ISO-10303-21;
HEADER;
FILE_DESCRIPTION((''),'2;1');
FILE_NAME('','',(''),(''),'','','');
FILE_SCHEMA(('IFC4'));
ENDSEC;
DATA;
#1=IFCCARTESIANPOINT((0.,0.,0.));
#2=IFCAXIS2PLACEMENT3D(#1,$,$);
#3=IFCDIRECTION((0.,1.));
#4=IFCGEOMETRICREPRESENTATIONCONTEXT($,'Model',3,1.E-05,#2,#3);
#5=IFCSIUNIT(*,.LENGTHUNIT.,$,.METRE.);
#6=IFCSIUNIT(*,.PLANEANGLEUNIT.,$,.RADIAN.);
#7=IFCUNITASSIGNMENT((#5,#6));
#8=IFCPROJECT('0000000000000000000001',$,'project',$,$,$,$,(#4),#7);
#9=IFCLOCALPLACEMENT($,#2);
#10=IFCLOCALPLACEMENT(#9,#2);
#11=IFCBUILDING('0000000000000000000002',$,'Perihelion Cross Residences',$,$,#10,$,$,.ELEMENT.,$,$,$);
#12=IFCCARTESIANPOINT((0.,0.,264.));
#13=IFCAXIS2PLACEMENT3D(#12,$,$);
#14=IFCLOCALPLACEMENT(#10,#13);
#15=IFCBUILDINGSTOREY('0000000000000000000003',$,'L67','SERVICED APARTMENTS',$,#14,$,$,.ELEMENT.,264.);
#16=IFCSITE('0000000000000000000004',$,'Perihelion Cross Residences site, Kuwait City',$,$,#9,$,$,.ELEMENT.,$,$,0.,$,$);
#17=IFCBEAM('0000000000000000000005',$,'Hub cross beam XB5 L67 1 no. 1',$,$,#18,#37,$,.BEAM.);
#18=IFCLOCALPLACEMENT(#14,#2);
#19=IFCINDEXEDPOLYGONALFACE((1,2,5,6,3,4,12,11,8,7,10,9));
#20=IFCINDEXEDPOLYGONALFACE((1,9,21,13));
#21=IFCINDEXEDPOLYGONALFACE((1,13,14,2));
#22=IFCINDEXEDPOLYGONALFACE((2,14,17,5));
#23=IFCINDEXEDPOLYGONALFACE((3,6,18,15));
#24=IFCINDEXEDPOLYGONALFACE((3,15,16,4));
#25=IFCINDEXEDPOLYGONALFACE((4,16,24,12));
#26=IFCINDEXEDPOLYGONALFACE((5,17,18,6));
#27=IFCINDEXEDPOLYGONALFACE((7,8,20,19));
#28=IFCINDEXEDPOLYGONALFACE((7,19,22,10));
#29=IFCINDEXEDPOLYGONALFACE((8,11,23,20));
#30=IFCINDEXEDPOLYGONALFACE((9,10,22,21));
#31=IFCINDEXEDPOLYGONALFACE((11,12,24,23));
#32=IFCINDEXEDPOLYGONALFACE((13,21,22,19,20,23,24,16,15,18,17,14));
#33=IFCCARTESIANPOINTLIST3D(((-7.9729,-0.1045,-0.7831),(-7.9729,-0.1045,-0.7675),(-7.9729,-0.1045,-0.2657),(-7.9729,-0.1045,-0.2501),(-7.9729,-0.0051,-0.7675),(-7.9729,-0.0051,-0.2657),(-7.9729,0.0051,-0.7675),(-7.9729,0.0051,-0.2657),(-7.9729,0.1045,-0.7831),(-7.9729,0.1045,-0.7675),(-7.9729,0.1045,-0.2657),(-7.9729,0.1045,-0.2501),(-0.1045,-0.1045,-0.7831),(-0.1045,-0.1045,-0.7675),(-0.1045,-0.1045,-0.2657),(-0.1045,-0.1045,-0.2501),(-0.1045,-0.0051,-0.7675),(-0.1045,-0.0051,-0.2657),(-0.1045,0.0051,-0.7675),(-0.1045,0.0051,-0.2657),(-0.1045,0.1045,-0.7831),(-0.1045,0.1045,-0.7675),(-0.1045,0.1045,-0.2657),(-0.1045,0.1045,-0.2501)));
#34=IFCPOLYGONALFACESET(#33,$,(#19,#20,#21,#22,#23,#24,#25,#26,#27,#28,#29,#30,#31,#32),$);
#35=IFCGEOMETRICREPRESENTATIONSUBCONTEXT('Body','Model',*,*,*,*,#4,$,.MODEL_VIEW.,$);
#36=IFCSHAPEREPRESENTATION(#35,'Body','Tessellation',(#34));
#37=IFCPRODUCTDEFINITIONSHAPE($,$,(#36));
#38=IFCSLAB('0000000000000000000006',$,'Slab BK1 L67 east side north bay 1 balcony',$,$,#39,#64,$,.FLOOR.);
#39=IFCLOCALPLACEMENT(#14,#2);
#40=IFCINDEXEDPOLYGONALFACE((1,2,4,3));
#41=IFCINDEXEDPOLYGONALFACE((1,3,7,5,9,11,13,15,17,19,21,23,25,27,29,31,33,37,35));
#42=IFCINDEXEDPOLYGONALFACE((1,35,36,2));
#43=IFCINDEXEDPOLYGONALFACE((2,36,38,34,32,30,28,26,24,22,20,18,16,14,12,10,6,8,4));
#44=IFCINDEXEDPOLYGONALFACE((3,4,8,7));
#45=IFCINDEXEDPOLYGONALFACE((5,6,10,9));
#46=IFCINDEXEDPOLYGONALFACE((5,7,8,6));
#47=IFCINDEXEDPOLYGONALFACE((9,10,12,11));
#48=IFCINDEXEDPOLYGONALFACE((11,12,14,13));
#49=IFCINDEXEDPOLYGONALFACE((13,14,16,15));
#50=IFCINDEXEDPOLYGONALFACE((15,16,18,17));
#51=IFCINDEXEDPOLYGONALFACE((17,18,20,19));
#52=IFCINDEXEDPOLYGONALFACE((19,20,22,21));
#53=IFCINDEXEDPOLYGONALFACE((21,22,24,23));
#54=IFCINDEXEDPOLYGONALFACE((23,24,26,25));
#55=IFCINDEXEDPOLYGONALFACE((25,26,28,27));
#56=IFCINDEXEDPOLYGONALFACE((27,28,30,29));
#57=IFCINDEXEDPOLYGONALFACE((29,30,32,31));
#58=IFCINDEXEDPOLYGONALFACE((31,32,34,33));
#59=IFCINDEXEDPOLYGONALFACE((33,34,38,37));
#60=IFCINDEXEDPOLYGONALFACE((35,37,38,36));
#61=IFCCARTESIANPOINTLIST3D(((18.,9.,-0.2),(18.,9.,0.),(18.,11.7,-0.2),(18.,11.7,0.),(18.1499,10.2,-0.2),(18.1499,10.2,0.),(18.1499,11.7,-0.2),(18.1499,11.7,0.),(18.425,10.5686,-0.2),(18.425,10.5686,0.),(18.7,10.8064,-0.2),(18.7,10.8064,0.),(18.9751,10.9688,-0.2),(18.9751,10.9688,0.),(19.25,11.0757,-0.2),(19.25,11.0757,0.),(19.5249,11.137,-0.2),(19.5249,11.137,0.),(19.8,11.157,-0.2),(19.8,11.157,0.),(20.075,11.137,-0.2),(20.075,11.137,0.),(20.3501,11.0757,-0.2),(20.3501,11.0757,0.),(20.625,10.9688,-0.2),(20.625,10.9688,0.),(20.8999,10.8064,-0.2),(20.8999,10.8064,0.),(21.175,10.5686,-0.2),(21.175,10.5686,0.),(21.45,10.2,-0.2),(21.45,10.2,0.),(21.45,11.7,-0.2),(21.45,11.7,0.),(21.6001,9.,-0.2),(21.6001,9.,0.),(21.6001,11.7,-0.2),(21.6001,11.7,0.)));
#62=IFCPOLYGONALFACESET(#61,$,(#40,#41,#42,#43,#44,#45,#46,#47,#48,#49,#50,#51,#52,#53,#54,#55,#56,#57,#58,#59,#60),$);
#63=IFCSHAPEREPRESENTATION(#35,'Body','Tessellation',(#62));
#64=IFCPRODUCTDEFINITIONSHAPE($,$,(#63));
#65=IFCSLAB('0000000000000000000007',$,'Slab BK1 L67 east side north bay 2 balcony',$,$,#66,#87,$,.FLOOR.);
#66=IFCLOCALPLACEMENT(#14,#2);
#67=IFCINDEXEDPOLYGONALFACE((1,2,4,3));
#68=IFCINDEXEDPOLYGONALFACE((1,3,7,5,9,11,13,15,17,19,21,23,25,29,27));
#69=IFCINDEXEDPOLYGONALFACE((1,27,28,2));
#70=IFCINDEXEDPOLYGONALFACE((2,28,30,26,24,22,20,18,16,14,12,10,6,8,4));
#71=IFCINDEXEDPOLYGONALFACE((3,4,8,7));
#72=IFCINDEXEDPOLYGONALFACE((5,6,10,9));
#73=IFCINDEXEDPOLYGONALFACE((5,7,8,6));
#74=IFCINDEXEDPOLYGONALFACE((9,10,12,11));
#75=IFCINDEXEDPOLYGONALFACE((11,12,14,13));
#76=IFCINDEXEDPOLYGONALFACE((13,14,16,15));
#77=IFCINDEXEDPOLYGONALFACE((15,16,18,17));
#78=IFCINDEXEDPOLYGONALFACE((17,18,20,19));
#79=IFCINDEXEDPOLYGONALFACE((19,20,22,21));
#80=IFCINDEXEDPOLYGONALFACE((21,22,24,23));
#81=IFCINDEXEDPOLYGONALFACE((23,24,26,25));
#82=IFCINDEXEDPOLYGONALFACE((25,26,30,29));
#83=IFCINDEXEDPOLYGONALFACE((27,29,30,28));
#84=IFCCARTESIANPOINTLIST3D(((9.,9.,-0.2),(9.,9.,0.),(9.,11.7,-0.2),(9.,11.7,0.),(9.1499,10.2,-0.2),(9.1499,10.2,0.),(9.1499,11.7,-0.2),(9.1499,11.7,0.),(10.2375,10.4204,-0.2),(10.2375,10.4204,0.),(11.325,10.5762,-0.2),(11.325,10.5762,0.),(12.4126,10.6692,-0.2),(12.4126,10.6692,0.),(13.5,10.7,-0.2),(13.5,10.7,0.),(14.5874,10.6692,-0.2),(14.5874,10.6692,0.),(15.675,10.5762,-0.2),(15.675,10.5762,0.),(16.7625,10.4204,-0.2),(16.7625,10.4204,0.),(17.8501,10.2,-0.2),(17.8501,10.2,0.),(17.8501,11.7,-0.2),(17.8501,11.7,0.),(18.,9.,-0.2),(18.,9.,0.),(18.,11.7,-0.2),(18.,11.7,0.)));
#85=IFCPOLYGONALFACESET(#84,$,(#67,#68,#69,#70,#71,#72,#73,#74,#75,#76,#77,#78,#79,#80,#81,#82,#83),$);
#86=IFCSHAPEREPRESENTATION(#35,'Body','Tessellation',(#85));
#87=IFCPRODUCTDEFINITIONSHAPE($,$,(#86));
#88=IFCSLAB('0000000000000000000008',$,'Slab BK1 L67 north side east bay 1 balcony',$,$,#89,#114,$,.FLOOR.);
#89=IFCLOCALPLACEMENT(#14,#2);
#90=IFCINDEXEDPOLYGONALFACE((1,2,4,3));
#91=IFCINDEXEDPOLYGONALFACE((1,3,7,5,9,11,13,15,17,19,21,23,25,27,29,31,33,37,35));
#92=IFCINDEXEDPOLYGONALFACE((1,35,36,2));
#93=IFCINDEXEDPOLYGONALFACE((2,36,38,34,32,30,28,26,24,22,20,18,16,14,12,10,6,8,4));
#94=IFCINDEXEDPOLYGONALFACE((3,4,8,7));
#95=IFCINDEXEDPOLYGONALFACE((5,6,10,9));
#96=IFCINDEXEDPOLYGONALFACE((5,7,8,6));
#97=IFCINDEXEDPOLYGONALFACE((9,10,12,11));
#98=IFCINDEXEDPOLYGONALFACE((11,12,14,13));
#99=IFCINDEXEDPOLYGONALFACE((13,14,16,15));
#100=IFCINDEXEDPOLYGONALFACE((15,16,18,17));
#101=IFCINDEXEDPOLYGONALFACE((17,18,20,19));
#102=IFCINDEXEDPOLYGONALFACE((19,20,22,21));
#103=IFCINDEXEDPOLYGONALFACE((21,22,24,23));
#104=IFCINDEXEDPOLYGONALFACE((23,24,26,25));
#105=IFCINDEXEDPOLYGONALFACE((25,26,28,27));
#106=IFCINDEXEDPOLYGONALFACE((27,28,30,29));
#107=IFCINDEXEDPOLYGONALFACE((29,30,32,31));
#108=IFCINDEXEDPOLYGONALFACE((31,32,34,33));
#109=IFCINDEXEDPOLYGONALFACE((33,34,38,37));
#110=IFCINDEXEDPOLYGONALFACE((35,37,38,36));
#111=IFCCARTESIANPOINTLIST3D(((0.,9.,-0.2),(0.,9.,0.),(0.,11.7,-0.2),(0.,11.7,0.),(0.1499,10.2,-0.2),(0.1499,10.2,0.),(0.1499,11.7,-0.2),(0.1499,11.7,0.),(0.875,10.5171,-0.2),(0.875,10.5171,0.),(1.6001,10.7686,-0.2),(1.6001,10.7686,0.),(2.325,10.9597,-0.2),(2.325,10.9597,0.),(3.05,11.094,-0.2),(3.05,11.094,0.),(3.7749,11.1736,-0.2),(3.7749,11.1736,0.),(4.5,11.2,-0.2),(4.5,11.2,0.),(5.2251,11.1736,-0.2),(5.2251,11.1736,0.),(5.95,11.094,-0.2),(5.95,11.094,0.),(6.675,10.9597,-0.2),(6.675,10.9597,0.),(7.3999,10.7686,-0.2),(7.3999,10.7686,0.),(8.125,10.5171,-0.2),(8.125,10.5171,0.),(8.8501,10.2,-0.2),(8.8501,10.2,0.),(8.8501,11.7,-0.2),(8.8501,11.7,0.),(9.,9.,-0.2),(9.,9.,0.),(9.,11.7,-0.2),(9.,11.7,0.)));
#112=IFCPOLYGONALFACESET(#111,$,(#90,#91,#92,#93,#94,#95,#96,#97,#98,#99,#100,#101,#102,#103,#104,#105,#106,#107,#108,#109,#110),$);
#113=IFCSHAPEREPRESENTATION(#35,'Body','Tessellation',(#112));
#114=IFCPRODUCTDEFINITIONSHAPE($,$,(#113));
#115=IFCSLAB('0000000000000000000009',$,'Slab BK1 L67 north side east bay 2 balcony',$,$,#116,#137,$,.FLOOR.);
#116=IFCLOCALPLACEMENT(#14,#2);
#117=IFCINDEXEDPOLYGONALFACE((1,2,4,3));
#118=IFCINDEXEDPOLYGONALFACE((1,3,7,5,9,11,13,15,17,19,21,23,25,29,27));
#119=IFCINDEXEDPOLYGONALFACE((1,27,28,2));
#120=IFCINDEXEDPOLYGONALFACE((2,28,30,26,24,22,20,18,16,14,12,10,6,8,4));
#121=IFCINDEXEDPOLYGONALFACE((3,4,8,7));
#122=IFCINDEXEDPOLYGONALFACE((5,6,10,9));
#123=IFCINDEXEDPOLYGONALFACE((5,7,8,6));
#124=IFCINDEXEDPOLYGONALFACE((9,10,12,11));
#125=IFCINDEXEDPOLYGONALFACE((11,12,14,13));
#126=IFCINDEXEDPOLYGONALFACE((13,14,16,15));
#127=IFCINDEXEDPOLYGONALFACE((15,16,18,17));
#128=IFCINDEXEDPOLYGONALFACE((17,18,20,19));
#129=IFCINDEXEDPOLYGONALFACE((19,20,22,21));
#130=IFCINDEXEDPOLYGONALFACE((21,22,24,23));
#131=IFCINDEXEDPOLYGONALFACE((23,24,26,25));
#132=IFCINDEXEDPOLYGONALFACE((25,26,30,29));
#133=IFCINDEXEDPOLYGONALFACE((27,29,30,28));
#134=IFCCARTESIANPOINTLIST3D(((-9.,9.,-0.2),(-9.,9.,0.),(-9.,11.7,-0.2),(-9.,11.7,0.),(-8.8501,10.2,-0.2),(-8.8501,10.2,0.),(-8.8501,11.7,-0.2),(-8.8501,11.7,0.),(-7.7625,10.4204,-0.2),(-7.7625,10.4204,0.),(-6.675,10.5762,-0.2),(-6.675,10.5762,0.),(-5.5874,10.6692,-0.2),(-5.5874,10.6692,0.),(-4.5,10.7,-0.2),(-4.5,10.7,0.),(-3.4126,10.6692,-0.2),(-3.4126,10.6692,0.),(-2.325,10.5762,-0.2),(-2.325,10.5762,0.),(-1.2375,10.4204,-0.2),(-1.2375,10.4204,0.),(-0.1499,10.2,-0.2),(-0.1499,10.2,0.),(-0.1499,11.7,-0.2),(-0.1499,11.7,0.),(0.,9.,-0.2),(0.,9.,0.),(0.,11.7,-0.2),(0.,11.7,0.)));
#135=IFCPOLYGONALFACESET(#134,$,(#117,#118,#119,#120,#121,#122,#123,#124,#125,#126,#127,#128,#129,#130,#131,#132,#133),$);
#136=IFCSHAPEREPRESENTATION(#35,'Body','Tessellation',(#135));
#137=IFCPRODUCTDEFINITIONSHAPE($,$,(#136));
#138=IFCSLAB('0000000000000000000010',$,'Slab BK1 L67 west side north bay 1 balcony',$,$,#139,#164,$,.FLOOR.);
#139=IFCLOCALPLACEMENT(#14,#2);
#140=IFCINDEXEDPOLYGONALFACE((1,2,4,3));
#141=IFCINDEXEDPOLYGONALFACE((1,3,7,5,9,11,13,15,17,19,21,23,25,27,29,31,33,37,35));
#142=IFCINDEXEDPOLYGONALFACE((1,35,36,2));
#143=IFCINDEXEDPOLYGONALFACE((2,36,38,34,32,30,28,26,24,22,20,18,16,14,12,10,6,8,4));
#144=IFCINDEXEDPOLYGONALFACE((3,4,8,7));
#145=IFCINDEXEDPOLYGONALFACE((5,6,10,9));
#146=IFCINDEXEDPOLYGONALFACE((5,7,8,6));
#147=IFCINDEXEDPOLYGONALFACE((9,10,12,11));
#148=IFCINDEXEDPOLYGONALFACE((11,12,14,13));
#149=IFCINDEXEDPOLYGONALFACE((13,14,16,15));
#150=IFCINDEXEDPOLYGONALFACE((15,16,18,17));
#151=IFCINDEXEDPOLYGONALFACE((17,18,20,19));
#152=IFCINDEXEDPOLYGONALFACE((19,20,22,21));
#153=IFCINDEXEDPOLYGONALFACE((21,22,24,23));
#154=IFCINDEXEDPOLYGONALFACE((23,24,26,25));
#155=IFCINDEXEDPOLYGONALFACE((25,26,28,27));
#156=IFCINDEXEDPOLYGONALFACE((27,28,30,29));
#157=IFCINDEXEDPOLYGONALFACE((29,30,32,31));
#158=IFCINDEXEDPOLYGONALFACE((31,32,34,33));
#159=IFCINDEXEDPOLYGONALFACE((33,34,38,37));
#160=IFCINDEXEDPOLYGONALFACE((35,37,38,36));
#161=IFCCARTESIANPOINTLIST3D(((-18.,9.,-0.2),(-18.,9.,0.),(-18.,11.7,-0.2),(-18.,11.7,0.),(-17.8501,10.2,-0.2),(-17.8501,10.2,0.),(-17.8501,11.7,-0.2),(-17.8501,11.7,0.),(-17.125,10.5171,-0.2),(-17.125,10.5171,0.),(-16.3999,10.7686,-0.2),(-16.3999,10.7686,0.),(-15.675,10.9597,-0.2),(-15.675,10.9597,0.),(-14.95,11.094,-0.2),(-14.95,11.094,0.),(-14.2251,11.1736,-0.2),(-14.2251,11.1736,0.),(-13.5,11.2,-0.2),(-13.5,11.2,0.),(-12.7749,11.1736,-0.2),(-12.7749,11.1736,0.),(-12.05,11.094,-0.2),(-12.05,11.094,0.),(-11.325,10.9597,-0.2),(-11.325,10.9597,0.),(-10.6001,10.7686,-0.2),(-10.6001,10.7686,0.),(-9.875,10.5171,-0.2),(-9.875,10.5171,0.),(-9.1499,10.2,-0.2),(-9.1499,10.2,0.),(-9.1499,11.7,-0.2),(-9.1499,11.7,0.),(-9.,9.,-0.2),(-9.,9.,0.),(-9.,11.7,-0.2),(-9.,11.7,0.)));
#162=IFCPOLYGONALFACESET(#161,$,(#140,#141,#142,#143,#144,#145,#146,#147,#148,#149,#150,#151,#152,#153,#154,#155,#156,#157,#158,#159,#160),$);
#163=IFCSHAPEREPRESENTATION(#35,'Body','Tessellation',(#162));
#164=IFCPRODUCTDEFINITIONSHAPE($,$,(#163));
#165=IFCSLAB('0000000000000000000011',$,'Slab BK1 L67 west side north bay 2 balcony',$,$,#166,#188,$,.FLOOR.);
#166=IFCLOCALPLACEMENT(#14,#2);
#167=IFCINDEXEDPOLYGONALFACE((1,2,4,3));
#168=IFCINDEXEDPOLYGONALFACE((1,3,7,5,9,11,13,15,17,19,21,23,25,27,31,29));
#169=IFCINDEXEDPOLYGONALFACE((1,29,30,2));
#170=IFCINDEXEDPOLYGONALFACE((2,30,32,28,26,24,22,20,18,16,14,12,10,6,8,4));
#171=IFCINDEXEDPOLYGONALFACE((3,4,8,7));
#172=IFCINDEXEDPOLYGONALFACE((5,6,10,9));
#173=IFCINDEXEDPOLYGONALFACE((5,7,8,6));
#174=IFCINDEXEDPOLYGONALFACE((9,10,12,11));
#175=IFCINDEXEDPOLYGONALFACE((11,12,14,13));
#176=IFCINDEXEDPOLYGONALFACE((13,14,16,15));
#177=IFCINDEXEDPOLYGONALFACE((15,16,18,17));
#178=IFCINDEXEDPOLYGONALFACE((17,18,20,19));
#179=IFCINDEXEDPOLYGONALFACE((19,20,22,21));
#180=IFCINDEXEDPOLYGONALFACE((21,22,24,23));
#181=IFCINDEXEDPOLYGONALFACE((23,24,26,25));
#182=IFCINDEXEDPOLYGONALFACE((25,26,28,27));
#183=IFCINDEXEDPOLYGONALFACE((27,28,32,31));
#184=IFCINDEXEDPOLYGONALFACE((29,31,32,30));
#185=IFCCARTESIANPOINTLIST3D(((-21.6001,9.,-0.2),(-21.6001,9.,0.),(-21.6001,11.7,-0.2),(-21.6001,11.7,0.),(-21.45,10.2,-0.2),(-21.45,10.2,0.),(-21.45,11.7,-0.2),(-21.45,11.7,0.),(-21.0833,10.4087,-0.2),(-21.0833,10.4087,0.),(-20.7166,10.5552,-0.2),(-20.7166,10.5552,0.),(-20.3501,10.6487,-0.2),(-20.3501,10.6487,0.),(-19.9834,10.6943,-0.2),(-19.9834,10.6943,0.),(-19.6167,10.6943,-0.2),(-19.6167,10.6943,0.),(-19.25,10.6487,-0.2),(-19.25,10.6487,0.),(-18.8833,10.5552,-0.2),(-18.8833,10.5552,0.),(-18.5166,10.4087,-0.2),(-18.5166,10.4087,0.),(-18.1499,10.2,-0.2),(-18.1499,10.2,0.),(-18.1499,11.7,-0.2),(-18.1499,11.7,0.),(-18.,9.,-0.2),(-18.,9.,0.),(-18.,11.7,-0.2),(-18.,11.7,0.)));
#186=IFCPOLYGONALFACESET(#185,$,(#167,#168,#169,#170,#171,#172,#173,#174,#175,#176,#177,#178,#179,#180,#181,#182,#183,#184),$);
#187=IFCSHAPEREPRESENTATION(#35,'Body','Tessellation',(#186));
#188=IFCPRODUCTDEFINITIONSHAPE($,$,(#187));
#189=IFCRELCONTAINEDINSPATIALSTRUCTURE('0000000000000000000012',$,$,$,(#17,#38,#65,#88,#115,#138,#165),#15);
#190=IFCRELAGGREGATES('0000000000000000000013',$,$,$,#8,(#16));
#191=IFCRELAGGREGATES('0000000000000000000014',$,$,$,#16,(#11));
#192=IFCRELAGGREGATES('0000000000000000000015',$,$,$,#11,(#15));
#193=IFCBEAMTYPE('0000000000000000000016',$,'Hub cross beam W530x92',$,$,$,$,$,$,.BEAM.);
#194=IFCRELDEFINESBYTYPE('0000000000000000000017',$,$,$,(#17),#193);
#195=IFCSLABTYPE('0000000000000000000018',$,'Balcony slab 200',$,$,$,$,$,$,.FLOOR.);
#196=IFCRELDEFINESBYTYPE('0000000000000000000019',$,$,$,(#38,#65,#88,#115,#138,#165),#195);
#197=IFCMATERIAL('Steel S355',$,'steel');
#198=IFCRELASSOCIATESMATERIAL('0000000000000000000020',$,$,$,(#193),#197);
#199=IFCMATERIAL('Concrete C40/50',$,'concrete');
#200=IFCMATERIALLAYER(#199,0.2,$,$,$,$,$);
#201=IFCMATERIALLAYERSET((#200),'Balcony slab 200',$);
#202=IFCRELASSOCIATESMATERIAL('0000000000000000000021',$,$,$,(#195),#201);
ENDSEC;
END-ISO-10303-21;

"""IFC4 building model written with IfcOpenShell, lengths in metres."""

from ifc_helpers import new_model, si_unit, direction, frame, origin, origin_2d, place, context, subcontext, project, spatial, polyline, i_section, outline, extrude, material, layer, layer_set, material_profile, profile_set, type_object, element, save


model = new_model("IFC4")

# Units and contexts
model_context = context("Model", 3, precision=1e-05, world=origin(), true_north=direction((0.0, 1.0)))
body_context = subcontext(model_context, "Body", "Model", "MODEL_VIEW")
ifc_project = project(units=[si_unit("LENGTHUNIT", "METRE"), si_unit("PLANEANGLEUNIT", "RADIAN")], contexts=[model_context])

# Site, building, storey
site_placement = place(None, origin())
site = spatial("IfcSite", under=ifc_project, at=site_placement, Name="Perihelion Cross Residences site, Kuwait City", CompositionType="ELEMENT", RefElevation=0.0)
building_placement = place(site_placement, origin())
building = spatial("IfcBuilding", under=site, at=building_placement, Name="Perihelion Cross Residences", CompositionType="ELEMENT")
storey_placement = place(building_placement, frame((0.0, 0.0, 264.0)))
storey = spatial("IfcBuildingStorey", under=building, at=storey_placement, Name="L67", Description="SERVICED APARTMENTS", CompositionType="ELEMENT", Elevation=264.0)

# Beam
ifc_material_1 = material(Name="Steel S355", Category="steel")
ifc_material_profile = material_profile(ifc_material_1, i_section(OverallWidth=0.209, OverallDepth=0.533, WebThickness=0.0103, FlangeThickness=0.0156, at=origin_2d()), Name="W530x92")
ifc_profile_set = profile_set([ifc_material_profile], Name="Steel S355")
beam_type = type_object("IfcBeamType", Name="Hub cross beam W530x92", PredefinedType="BEAM", material=ifc_profile_set)
beam_placement = place(storey_placement, frame((-7.9729, 0.0, -0.5166), z_axis=(1.0, 0.0, 0.0), x_axis=(0.0, 1.0, 0.0)))
element("IfcBeam", 1, at=beam_placement, inside=storey, type_object=beam_type, Name="Hub cross beam XB5 L67 1 no. 1", PredefinedType="BEAM", context=body_context, shape_type="SweptSolid", body=[
    extrude(i_section(OverallWidth=0.209, OverallDepth=0.533, WebThickness=0.0103, FlangeThickness=0.0156, at=origin_2d()), origin(), (0.0, 0.0, 1.0), 7.8684),
])

# Slabs
ifc_material_2 = material(Name="Concrete C40/50", Category="concrete")
ifc_layer_1 = layer(ifc_material_2, 0.2)
ifc_layer_set_1 = layer_set([ifc_layer_1], Name="Balcony slab 200")
slab_type_1 = type_object("IfcSlabType", Name="Balcony slab 200", PredefinedType="FLOOR", material=ifc_layer_set_1)
slab_1_placement = place(storey_placement, frame((0.0, 0.0, -0.2)))
element("IfcSlab", 2, at=slab_1_placement, inside=storey, type_object=slab_type_1, Name="Slab BK1 L67 east side north bay 1 balcony", PredefinedType="FLOOR", context=body_context, shape_type="SweptSolid", body=[
    extrude(outline(polyline([(21.6001, 9.0), (18.0, 9.0), (18.0, 11.7), (18.1499, 11.7), (18.1499, 10.2), (18.425, 10.5686), (18.7, 10.8064), (18.9751, 10.9688), (19.25, 11.0757), (19.5249, 11.137), (19.8, 11.157), (20.075, 11.137), (20.3501, 11.0757), (20.625, 10.9688), (20.8999, 10.8064), (21.175, 10.5686), (21.45, 10.2), (21.45, 11.7), (21.6001, 11.7), (21.6001, 9.0)])), origin(), (0.0, 0.0, 1.0), 0.2),
])
slab_2_placement = place(storey_placement, frame((0.0, 0.0, -0.2)))
element("IfcSlab", 3, at=slab_2_placement, inside=storey, type_object=slab_type_1, Name="Slab BK1 L67 east side north bay 2 balcony", PredefinedType="FLOOR", context=body_context, shape_type="SweptSolid", body=[
    extrude(outline(polyline([(18.0, 9.0), (9.0, 9.0), (9.0, 11.7), (9.1499, 11.7), (9.1499, 10.2), (10.2375, 10.4204), (11.325, 10.5762), (12.4126, 10.6692), (13.5, 10.7), (14.5874, 10.6692), (15.675, 10.5762), (16.7625, 10.4204), (17.8501, 10.2), (17.8501, 11.7), (18.0, 11.7), (18.0, 9.0)])), origin(), (0.0, 0.0, 1.0), 0.2),
])
slab_3_placement = place(storey_placement, frame((0.0, 0.0, -0.2)))
element("IfcSlab", 4, at=slab_3_placement, inside=storey, type_object=slab_type_1, Name="Slab BK1 L67 north side east bay 1 balcony", PredefinedType="FLOOR", context=body_context, shape_type="SweptSolid", body=[
    extrude(outline(polyline([(9.0, 9.0), (0.0, 9.0), (0.0, 11.7), (0.1499, 11.7), (0.1499, 10.2), (0.875, 10.5171), (1.6001, 10.7686), (2.325, 10.9597), (3.05, 11.094), (3.7749, 11.1736), (4.5, 11.2), (5.2251, 11.1736), (5.95, 11.094), (6.675, 10.9597), (7.3999, 10.7686), (8.125, 10.5171), (8.8501, 10.2), (8.8501, 11.7), (9.0, 11.7), (9.0, 9.0)])), origin(), (0.0, 0.0, 1.0), 0.2),
])
slab_4_placement = place(storey_placement, frame((0.0, 0.0, -0.2)))
element("IfcSlab", 5, at=slab_4_placement, inside=storey, type_object=slab_type_1, Name="Slab BK1 L67 north side east bay 2 balcony", PredefinedType="FLOOR", context=body_context, shape_type="SweptSolid", body=[
    extrude(outline(polyline([(0.0, 9.0), (-9.0, 9.0), (-9.0, 11.7), (-8.8501, 11.7), (-8.8501, 10.2), (-7.7625, 10.4204), (-6.675, 10.5762), (-5.5874, 10.6692), (-4.5, 10.7), (-3.4126, 10.6692), (-2.325, 10.5762), (-1.2375, 10.4204), (-0.1499, 10.2), (-0.1499, 11.7), (0.0, 11.7), (0.0, 9.0)])), origin(), (0.0, 0.0, 1.0), 0.2),
])
slab_5_placement = place(storey_placement, frame((0.0, 0.0, -0.2)))
element("IfcSlab", 6, at=slab_5_placement, inside=storey, type_object=slab_type_1, Name="Slab BK1 L67 west side north bay 1 balcony", PredefinedType="FLOOR", context=body_context, shape_type="SweptSolid", body=[
    extrude(outline(polyline([(-9.0, 9.0), (-18.0, 9.0), (-18.0, 11.7), (-17.8501, 11.7), (-17.8501, 10.2), (-17.125, 10.5171), (-16.3999, 10.7686), (-15.675, 10.9597), (-14.95, 11.094), (-14.2251, 11.1736), (-13.5, 11.2), (-12.7749, 11.1736), (-12.05, 11.094), (-11.325, 10.9597), (-10.6001, 10.7686), (-9.875, 10.5171), (-9.1499, 10.2), (-9.1499, 11.7), (-9.0, 11.7), (-9.0, 9.0)])), origin(), (0.0, 0.0, 1.0), 0.2),
])
slab_6_placement = place(storey_placement, frame((0.0, 0.0, -0.2)))
element("IfcSlab", 7, at=slab_6_placement, inside=storey, type_object=slab_type_1, Name="Slab BK1 L67 west side north bay 2 balcony", PredefinedType="FLOOR", context=body_context, shape_type="SweptSolid", body=[
    extrude(outline(polyline([(-18.0, 9.0), (-21.6001, 9.0), (-21.6001, 11.7), (-21.45, 11.7), (-21.45, 10.2), (-21.0833, 10.4087), (-20.7166, 10.5552), (-20.3501, 10.6487), (-19.9834, 10.6943), (-19.6167, 10.6943), (-19.25, 10.6487), (-18.8833, 10.5552), (-18.5166, 10.4087), (-18.1499, 10.2), (-18.1499, 11.7), (-18.0, 11.7), (-18.0, 9.0)])), origin(), (0.0, 0.0, 1.0), 0.2),
])

save(model, "model.ifc")
